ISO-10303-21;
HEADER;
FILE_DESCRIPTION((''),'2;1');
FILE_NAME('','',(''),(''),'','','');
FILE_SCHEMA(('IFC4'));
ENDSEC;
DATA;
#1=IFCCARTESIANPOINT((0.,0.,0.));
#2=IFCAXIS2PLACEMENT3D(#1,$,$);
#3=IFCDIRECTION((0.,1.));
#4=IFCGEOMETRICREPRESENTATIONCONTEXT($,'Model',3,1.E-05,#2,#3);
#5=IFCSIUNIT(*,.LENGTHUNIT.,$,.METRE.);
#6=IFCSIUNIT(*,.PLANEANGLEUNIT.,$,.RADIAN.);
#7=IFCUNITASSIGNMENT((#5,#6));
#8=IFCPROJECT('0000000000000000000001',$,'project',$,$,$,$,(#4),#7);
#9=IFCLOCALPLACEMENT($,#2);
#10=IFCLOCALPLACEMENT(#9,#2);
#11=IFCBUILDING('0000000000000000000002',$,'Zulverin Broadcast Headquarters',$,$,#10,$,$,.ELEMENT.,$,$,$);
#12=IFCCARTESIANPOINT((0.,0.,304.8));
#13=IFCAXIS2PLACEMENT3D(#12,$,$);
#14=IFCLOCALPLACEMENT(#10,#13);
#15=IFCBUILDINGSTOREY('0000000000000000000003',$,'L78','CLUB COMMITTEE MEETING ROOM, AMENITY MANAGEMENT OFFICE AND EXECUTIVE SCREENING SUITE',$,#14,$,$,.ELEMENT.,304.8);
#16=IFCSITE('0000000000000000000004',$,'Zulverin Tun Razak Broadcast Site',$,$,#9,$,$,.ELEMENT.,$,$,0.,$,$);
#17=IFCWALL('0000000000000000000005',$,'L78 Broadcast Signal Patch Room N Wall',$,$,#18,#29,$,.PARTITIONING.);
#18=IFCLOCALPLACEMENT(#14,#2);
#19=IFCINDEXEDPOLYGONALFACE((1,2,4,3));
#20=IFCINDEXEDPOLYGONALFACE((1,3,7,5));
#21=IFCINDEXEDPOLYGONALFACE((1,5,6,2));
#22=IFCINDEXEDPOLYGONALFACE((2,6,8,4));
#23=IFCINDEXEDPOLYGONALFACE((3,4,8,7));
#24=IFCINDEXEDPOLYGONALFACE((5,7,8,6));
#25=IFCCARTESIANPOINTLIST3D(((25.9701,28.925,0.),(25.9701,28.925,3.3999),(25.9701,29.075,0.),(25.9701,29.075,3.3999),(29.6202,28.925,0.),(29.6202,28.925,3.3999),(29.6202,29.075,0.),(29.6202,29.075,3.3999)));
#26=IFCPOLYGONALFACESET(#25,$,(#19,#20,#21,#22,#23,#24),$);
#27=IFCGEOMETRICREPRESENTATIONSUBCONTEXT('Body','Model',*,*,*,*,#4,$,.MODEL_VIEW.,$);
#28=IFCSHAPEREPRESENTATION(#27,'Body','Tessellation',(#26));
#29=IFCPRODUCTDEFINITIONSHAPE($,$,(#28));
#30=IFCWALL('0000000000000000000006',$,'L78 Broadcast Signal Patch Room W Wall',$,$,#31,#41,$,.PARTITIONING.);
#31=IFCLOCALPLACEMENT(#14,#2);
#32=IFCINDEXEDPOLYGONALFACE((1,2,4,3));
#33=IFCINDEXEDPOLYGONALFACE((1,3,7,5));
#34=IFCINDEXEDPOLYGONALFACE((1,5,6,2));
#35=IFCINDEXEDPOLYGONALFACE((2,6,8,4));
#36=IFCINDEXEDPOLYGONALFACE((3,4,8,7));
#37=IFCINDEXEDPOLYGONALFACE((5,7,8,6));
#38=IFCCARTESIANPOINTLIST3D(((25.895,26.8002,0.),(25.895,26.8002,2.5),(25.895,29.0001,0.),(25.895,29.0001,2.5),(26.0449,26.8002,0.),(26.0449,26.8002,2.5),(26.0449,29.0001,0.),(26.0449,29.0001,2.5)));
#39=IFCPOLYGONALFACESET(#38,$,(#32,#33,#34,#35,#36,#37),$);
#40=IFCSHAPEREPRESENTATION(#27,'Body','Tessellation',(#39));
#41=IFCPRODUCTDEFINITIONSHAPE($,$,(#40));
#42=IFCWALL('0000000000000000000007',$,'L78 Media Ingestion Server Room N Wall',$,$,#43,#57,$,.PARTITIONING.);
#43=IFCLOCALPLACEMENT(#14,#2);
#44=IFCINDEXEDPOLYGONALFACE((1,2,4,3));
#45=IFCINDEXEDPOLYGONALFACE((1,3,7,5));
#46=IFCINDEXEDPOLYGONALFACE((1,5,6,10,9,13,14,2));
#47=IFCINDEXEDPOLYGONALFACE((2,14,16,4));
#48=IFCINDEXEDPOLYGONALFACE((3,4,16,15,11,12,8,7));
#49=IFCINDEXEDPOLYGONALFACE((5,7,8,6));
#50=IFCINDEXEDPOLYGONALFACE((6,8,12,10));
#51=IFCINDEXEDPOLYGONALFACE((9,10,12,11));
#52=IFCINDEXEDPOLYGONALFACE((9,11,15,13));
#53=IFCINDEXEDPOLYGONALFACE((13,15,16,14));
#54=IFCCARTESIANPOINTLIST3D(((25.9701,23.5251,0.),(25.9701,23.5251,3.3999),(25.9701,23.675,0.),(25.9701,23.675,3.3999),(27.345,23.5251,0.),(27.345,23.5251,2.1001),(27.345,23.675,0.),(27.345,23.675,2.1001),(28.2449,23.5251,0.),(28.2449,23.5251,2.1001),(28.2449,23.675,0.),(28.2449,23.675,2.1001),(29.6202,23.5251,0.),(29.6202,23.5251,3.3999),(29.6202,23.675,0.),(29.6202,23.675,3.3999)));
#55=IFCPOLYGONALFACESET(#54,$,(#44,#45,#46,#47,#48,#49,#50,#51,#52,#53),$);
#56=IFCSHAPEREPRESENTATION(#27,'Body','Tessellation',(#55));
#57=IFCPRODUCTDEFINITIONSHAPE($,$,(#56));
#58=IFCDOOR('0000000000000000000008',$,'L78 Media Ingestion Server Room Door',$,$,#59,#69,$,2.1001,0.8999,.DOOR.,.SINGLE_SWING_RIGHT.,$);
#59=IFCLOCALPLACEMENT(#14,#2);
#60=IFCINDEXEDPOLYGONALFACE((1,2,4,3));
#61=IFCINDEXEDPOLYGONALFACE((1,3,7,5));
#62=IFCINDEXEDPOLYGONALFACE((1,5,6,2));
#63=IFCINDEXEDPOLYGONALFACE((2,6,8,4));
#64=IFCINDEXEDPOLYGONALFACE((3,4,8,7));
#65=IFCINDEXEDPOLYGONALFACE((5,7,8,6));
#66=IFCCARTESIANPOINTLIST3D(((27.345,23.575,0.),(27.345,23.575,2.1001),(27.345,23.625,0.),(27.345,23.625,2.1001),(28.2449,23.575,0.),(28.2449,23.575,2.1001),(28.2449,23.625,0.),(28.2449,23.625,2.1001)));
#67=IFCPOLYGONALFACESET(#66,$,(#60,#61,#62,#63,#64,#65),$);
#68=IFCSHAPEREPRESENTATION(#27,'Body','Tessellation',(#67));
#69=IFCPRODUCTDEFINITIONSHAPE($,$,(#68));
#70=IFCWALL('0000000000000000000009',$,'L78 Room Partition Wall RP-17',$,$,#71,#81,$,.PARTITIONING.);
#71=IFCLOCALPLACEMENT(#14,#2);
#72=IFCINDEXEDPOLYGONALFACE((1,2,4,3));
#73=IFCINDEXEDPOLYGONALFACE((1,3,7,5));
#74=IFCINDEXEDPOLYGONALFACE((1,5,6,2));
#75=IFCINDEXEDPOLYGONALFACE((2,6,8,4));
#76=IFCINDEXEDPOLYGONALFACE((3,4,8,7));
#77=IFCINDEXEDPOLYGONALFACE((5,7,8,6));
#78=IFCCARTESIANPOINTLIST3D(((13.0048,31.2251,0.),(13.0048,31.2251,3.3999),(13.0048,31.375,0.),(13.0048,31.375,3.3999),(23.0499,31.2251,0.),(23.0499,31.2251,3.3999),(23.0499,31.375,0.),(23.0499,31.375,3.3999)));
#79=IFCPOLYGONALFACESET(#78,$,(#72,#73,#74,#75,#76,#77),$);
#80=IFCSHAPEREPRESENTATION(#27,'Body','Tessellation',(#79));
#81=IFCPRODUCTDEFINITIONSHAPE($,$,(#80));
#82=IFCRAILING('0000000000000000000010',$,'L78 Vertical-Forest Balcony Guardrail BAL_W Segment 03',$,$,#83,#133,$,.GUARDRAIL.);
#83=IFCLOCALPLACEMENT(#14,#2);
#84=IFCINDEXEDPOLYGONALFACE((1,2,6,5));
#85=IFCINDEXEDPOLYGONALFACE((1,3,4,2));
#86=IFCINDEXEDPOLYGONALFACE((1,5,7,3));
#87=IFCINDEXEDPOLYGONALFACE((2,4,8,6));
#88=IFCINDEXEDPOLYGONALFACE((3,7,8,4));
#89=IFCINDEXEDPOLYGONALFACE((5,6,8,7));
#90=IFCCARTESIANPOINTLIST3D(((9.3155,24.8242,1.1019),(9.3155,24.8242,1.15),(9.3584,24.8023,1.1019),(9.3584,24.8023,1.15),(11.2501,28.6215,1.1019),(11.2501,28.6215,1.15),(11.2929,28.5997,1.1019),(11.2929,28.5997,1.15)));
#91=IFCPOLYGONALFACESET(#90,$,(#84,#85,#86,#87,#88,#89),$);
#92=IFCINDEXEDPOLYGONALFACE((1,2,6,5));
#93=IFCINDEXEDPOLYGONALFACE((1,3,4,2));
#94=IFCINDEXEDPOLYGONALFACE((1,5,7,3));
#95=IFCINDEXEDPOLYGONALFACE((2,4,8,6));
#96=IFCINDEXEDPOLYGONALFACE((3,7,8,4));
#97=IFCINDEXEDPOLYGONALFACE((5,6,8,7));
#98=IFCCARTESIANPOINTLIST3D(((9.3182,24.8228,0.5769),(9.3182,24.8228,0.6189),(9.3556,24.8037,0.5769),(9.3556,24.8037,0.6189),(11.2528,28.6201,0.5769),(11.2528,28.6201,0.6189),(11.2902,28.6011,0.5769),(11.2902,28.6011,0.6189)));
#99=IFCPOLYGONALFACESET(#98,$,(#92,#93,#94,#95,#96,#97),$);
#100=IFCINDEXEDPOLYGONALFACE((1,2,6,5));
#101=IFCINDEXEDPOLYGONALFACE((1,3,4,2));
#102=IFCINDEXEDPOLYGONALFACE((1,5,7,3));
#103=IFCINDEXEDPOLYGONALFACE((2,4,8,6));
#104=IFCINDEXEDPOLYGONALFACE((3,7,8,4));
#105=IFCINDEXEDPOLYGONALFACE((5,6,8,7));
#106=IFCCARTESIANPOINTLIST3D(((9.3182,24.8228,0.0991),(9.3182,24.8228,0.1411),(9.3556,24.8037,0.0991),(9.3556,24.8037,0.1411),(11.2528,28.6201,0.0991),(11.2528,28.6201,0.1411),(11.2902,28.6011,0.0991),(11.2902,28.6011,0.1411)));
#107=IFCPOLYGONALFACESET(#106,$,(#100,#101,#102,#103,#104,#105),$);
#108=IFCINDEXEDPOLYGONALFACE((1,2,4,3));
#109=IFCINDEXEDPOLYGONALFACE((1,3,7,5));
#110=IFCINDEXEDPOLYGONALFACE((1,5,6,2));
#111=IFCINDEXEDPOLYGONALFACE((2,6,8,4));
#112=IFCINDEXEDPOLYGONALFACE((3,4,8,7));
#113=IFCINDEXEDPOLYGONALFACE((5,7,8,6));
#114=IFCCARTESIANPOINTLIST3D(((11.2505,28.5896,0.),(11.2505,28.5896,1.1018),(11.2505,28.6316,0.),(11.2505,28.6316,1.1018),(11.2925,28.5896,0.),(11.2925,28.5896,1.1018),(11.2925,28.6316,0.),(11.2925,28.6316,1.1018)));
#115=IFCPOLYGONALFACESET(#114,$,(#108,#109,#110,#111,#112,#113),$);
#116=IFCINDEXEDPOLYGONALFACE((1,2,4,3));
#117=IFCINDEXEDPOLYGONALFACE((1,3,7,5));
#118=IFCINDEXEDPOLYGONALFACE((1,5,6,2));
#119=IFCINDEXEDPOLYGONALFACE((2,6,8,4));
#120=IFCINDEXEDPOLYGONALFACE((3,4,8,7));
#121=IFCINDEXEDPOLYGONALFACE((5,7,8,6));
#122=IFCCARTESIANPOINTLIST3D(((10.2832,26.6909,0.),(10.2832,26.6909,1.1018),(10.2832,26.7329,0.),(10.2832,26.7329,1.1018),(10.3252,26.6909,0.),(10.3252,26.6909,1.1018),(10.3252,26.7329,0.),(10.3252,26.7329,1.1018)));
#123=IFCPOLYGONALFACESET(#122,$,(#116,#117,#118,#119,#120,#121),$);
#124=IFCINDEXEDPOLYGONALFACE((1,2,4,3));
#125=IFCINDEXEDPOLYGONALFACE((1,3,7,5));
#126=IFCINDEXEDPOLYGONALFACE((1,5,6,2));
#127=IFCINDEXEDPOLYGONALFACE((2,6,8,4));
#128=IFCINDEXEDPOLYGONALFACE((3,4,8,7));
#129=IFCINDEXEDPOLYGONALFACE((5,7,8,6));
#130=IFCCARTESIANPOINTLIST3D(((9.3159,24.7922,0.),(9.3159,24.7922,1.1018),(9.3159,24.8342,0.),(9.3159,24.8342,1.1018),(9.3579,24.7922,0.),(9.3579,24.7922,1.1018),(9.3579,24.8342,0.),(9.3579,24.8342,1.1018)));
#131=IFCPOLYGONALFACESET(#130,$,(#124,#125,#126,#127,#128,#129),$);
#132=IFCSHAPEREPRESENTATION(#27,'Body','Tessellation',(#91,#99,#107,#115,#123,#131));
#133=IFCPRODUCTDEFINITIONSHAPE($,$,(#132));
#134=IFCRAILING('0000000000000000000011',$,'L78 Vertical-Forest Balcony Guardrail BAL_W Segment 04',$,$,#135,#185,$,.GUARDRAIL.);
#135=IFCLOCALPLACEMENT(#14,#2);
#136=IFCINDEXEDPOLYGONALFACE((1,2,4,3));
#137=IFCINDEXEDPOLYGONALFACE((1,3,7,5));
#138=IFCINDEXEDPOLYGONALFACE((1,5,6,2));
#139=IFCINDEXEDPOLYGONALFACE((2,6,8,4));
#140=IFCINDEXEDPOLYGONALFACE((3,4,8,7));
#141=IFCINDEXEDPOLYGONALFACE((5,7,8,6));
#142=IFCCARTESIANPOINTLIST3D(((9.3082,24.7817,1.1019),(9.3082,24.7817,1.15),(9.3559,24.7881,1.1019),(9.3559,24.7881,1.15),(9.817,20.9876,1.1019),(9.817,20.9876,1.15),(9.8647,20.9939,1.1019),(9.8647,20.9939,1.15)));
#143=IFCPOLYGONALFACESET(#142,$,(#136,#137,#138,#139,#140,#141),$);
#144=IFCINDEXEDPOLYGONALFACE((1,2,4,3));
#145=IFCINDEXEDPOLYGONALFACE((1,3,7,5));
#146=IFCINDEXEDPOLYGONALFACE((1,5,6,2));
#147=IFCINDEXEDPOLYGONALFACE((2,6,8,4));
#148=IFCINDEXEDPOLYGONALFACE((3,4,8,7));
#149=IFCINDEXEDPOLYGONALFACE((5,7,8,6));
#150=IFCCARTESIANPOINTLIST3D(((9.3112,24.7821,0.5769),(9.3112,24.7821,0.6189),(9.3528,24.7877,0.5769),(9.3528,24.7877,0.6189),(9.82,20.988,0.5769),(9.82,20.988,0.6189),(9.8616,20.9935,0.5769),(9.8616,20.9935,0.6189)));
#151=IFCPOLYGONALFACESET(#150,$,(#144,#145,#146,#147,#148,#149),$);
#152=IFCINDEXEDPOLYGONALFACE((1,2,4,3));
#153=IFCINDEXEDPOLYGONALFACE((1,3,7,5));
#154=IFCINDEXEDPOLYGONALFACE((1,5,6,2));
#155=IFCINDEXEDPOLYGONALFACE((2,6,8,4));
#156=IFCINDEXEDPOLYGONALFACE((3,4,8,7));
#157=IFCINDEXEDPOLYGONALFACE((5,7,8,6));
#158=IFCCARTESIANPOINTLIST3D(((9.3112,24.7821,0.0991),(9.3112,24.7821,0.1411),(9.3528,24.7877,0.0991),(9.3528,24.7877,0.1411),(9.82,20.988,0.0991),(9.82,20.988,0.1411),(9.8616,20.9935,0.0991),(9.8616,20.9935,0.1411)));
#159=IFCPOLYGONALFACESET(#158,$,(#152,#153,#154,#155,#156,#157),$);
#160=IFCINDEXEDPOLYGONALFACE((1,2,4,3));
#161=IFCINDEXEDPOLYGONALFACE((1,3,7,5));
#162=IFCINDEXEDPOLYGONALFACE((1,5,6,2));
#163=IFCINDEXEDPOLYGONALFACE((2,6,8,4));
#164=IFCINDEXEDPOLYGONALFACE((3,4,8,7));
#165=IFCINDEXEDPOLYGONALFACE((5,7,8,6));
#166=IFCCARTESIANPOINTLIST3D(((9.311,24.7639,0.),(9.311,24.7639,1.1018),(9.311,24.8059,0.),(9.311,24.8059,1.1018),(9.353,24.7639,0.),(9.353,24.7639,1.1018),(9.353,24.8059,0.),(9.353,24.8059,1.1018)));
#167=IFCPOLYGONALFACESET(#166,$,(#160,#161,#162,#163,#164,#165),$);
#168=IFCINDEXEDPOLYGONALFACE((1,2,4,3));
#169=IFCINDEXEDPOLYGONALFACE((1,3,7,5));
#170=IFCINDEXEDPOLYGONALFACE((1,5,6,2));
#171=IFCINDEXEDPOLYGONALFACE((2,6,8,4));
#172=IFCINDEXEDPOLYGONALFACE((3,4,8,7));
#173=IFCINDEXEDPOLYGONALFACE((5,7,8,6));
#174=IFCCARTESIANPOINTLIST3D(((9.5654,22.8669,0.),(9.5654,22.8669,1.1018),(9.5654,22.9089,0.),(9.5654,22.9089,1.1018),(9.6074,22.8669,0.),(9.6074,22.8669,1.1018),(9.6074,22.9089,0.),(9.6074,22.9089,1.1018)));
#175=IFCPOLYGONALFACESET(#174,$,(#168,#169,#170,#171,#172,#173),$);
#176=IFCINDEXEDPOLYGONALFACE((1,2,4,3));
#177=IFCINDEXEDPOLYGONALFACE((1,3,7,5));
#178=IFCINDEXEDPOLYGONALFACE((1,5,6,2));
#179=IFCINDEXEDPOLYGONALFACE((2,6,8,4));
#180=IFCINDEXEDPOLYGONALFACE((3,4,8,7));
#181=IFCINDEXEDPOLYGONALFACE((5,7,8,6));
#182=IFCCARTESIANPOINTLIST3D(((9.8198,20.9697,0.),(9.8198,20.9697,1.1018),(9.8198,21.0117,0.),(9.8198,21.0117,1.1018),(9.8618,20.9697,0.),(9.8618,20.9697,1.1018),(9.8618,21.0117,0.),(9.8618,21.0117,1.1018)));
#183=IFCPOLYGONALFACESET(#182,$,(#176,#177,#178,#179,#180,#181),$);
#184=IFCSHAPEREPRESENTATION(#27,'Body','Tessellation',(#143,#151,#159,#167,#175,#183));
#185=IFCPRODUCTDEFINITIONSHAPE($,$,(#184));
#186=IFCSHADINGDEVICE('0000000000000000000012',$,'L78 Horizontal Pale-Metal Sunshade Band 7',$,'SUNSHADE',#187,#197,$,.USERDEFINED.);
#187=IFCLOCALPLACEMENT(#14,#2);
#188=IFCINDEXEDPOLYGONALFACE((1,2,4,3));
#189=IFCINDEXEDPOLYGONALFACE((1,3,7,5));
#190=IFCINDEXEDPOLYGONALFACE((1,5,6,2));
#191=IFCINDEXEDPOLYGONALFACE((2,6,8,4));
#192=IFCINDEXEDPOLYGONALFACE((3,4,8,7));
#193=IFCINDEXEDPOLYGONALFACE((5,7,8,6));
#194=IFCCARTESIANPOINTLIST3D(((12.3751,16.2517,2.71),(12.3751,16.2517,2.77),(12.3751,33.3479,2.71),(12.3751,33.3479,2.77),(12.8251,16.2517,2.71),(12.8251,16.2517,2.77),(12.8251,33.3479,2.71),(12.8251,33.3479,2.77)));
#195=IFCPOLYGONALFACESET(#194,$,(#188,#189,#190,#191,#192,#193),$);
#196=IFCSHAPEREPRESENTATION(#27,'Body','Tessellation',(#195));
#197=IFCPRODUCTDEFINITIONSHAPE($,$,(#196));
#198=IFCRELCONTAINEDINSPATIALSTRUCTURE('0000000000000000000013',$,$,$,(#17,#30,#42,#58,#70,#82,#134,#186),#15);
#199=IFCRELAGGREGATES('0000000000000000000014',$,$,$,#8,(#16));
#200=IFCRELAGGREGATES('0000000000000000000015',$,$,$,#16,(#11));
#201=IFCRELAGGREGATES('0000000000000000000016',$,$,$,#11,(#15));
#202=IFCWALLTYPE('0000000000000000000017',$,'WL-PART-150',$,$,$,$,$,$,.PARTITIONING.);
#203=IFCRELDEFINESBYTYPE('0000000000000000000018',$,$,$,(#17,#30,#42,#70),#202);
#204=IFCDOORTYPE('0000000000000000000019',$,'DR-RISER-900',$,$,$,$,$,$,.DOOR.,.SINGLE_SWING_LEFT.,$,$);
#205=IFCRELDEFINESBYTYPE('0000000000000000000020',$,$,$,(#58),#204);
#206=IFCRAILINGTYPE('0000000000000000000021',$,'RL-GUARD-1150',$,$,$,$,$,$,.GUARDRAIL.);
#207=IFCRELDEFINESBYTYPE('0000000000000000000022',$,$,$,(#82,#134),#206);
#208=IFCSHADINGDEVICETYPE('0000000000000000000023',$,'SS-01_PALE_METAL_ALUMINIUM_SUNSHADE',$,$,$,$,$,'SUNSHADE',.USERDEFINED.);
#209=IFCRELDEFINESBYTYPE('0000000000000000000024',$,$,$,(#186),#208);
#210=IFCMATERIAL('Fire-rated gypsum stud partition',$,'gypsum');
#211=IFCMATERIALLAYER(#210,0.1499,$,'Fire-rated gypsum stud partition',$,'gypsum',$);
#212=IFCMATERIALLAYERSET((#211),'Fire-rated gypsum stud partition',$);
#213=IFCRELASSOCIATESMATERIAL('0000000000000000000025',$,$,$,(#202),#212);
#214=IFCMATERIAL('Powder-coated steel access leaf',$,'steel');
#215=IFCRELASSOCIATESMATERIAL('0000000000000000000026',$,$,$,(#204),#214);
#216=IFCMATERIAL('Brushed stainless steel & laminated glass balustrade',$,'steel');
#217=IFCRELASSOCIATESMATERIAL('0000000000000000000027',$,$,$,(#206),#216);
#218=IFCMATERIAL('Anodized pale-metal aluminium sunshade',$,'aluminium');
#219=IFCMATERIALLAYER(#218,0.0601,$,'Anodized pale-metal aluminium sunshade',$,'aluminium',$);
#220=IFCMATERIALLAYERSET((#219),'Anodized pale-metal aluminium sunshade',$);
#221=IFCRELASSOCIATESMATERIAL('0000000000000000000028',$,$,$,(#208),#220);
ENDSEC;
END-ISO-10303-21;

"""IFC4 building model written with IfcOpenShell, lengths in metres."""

from ifc_helpers import new_model, si_unit, direction, frame, frame_2d, origin, origin_2d, place, context, subcontext, project, spatial, rectangle, extrude, material, layer, layer_set, type_object, element, fill, save


model = new_model("IFC4")

# Units and contexts
model_context = context("Model", 3, precision=1e-05, world=origin(), true_north=direction((0.0, 1.0)))
body_context = subcontext(model_context, "Body", "Model", "MODEL_VIEW")
ifc_project = project(units=[si_unit("LENGTHUNIT", "METRE"), si_unit("PLANEANGLEUNIT", "RADIAN")], contexts=[model_context])

# Site, building, storey
site_placement = place(None, origin())
site = spatial("IfcSite", under=ifc_project, at=site_placement, Name="Zulverin Tun Razak Broadcast Site", CompositionType="ELEMENT", RefElevation=0.0)
building_placement = place(site_placement, origin())
building = spatial("IfcBuilding", under=site, at=building_placement, Name="Zulverin Broadcast Headquarters", CompositionType="ELEMENT")
storey_placement = place(building_placement, frame((0.0, 0.0, 304.8)))
storey = spatial("IfcBuildingStorey", under=building, at=storey_placement, Name="L78", Description="CLUB COMMITTEE MEETING ROOM, AMENITY MANAGEMENT OFFICE AND EXECUTIVE SCREENING SUITE", CompositionType="ELEMENT", Elevation=304.8)

# Shared definitions
ifc_material_1 = material(Name="Fire-rated gypsum stud partition", Category="gypsum")
ifc_layer_1 = layer(ifc_material_1, 0.1499, Name="Fire-rated gypsum stud partition", Category="gypsum")
ifc_layer_set_1 = layer_set([ifc_layer_1], Name="Fire-rated gypsum stud partition")
wall_type_1 = type_object("IfcWallType", Name="WL-PART-150", PredefinedType="PARTITIONING", material=ifc_layer_set_1)

# Shared definitions
ifc_material_2 = material(Name="Powder-coated steel access leaf", Category="steel")
door_type_1 = type_object("IfcDoorType", Name="DR-RISER-900", OperationType="SINGLE_SWING_LEFT", PredefinedType="DOOR", material=ifc_material_2)

# Walls
wall_1_placement = place(storey_placement, frame((25.97, 29.0, 0.0), z_axis=(0.0, 0.0, 1.0), x_axis=(1.0, 0.0, 0.0)))
element("IfcWall", 1, at=wall_1_placement, inside=storey, type_object=wall_type_1, Name="L78 Broadcast Signal Patch Room N Wall", PredefinedType="PARTITIONING", context=body_context, shape_type="SweptSolid", body=[
    extrude(rectangle(XDim=3.6501, YDim=0.1499, at=frame_2d((1.8252, 0.0))), origin(), (0.0, 0.0, 1.0), 3.3999),
])
wall_2_placement = place(storey_placement, frame((25.97, 26.8, 0.0), z_axis=(0.0, 0.0, 1.0), x_axis=(0.0, 1.0, 0.0)))
element("IfcWall", 2, at=wall_2_placement, inside=storey, type_object=wall_type_1, Name="L78 Broadcast Signal Patch Room W Wall", PredefinedType="PARTITIONING", context=body_context, shape_type="SweptSolid", body=[
    extrude(rectangle(XDim=2.2, YDim=0.1499, at=frame_2d((1.1001, 0.0))), origin(), (0.0, 0.0, 1.0), 2.5),
])

# Wall, opening, door
wall_3_placement = place(storey_placement, frame((25.97, 23.6001, 0.0), z_axis=(0.0, 0.0, 1.0), x_axis=(1.0, 0.0, 0.0)))
wall_3 = element("IfcWall", 3, at=wall_3_placement, inside=storey, type_object=wall_type_1, Name="L78 Media Ingestion Server Room N Wall", PredefinedType="PARTITIONING", context=body_context, shape_type="SweptSolid", body=[
    extrude(rectangle(XDim=3.6501, YDim=0.1499, at=frame_2d((1.8252, 0.0))), origin(), (0.0, 0.0, 1.0), 3.3999),
])
opening_1_placement = place(wall_3_placement, frame((1.375, 0.0, 0.0)))
opening_1 = element("IfcOpeningElement", 4, at=opening_1_placement, cuts=wall_3, PredefinedType="OPENING", context=body_context, shape_type="SweptSolid", body=[
    extrude(rectangle(XDim=0.8999, YDim=2.1001, at=frame_2d((0.45, 1.05))), frame((0.0, 0.085, 0.0), z_axis=(0.0, -1.0, 0.0), x_axis=(1.0, 0.0, 0.0)), (0.0, 0.0, 1.0), 0.1699),
])
door_1_placement = place(opening_1_placement, origin())
door_1 = element("IfcDoor", 5, at=door_1_placement, inside=storey, type_object=door_type_1, Name="L78 Media Ingestion Server Room Door", OperationType="SINGLE_SWING_RIGHT", OverallHeight=2.1001, OverallWidth=0.8999, PredefinedType="DOOR", context=body_context, shape_type="SweptSolid", body=[
    extrude(rectangle(XDim=0.8999, YDim=2.1001, at=frame_2d((0.45, 1.05))), frame((0.0, 0.0249, 0.0), z_axis=(0.0, -1.0, 0.0), x_axis=(1.0, 0.0, 0.0)), (0.0, 0.0, 1.0), 0.05),
])
fill(opening_1, door_1)

# Wall
wall_4_placement = place(storey_placement, frame((13.0049, 31.3, 0.0), z_axis=(0.0, 0.0, 1.0), x_axis=(1.0, 0.0, 0.0)))
element("IfcWall", 6, at=wall_4_placement, inside=storey, type_object=wall_type_1, Name="L78 Room Partition Wall RP-17", PredefinedType="PARTITIONING", context=body_context, shape_type="SweptSolid", body=[
    extrude(rectangle(XDim=10.0452, YDim=0.1499, at=frame_2d((5.0225, 0.0))), origin(), (0.0, 0.0, 1.0), 3.3999),
])

# Railings
ifc_material_3 = material(Name="Brushed stainless steel & laminated glass balustrade", Category="steel")
railing_type = type_object("IfcRailingType", Name="RL-GUARD-1150", PredefinedType="GUARDRAIL", material=ifc_material_3)
railing_1_placement = place(storey_placement, frame((11.2715, 28.6106, 0.0)))
element("IfcRailing", 7, at=railing_1_placement, inside=storey, type_object=railing_type, Name="L78 Vertical-Forest Balcony Guardrail BAL_W Segment 03", PredefinedType="GUARDRAIL", context=body_context, shape_type="SweptSolid", body=[
    extrude(rectangle(XDim=0.0481, YDim=0.0481, at=origin_2d()), frame((0.0, 0.0, 1.126), z_axis=(-0.453938, -0.891033, 0.0), x_axis=(0.891033, -0.453938, 0.0)), (0.0, 0.0, 1.0), 4.2617),
    extrude(rectangle(XDim=0.042, YDim=0.042, at=origin_2d()), frame((0.0, 0.0, 0.5979), z_axis=(-0.453938, -0.891033, 0.0), x_axis=(0.891033, -0.453938, 0.0)), (0.0, 0.0, 1.0), 4.2617),
    extrude(rectangle(XDim=0.042, YDim=0.042, at=origin_2d()), frame((0.0, 0.0, 0.1201), z_axis=(-0.453938, -0.891033, 0.0), x_axis=(0.891033, -0.453938, 0.0)), (0.0, 0.0, 1.0), 4.2617),
    extrude(rectangle(XDim=0.042, YDim=0.042, at=origin_2d()), origin(), (0.0, 0.0, 1.0), 1.1018),
    extrude(rectangle(XDim=0.042, YDim=0.042, at=origin_2d()), frame((-0.9673, -1.8987, 0.0)), (0.0, 0.0, 1.0), 1.1018),
    extrude(rectangle(XDim=0.042, YDim=0.042, at=origin_2d()), frame((-1.9346, -3.7974, 0.0)), (0.0, 0.0, 1.0), 1.1018),
])
railing_2_placement = place(storey_placement, frame((9.332, 24.7849, 0.0)))
element("IfcRailing", 8, at=railing_2_placement, inside=storey, type_object=railing_type, Name="L78 Vertical-Forest Balcony Guardrail BAL_W Segment 04", PredefinedType="GUARDRAIL", context=body_context, shape_type="SweptSolid", body=[
    extrude(rectangle(XDim=0.0481, YDim=0.0481, at=origin_2d()), frame((0.0, 0.0, 1.126), z_axis=(0.132907, -0.991128, 0.0), x_axis=(0.991128, 0.132907, 0.0)), (0.0, 0.0, 1.0), 3.8281),
    extrude(rectangle(XDim=0.042, YDim=0.042, at=origin_2d()), frame((0.0, 0.0, 0.5979), z_axis=(0.132907, -0.991128, 0.0), x_axis=(0.991128, 0.132907, 0.0)), (0.0, 0.0, 1.0), 3.8281),
    extrude(rectangle(XDim=0.042, YDim=0.042, at=origin_2d()), frame((0.0, 0.0, 0.1201), z_axis=(0.132907, -0.991128, 0.0), x_axis=(0.991128, 0.132907, 0.0)), (0.0, 0.0, 1.0), 3.8281),
    extrude(rectangle(XDim=0.042, YDim=0.042, at=origin_2d()), origin(), (0.0, 0.0, 1.0), 1.1018),
    extrude(rectangle(XDim=0.042, YDim=0.042, at=origin_2d()), frame((0.2544, -1.897, 0.0)), (0.0, 0.0, 1.0), 1.1018),
    extrude(rectangle(XDim=0.042, YDim=0.042, at=origin_2d()), frame((0.5088, -3.7942, 0.0)), (0.0, 0.0, 1.0), 1.1018),
])

# Shading device
ifc_material_4 = material(Name="Anodized pale-metal aluminium sunshade", Category="aluminium")
ifc_layer_2 = layer(ifc_material_4, 0.0601, Name="Anodized pale-metal aluminium sunshade", Category="aluminium")
ifc_layer_set_2 = layer_set([ifc_layer_2], Name="Anodized pale-metal aluminium sunshade")
shading_device_type = type_object("IfcShadingDeviceType", Name="SS-01_PALE_METAL_ALUMINIUM_SUNSHADE", ElementType="SUNSHADE", PredefinedType="USERDEFINED", material=ifc_layer_set_2)
shading_device_placement = place(storey_placement, frame((12.6001, 24.7998, 2.71), z_axis=(0.0, 0.0, 1.0), x_axis=(0.0, -1.0, 0.0)))
element("IfcShadingDevice", 9, at=shading_device_placement, inside=storey, type_object=shading_device_type, Name="L78 Horizontal Pale-Metal Sunshade Band 7", ObjectType="SUNSHADE", PredefinedType="USERDEFINED", context=body_context, shape_type="SweptSolid", body=[
    extrude(rectangle(XDim=17.0962, YDim=0.45, at=origin_2d()), origin(), (0.0, 0.0, 1.0), 0.0601),
])

save(model, "model.ifc")
